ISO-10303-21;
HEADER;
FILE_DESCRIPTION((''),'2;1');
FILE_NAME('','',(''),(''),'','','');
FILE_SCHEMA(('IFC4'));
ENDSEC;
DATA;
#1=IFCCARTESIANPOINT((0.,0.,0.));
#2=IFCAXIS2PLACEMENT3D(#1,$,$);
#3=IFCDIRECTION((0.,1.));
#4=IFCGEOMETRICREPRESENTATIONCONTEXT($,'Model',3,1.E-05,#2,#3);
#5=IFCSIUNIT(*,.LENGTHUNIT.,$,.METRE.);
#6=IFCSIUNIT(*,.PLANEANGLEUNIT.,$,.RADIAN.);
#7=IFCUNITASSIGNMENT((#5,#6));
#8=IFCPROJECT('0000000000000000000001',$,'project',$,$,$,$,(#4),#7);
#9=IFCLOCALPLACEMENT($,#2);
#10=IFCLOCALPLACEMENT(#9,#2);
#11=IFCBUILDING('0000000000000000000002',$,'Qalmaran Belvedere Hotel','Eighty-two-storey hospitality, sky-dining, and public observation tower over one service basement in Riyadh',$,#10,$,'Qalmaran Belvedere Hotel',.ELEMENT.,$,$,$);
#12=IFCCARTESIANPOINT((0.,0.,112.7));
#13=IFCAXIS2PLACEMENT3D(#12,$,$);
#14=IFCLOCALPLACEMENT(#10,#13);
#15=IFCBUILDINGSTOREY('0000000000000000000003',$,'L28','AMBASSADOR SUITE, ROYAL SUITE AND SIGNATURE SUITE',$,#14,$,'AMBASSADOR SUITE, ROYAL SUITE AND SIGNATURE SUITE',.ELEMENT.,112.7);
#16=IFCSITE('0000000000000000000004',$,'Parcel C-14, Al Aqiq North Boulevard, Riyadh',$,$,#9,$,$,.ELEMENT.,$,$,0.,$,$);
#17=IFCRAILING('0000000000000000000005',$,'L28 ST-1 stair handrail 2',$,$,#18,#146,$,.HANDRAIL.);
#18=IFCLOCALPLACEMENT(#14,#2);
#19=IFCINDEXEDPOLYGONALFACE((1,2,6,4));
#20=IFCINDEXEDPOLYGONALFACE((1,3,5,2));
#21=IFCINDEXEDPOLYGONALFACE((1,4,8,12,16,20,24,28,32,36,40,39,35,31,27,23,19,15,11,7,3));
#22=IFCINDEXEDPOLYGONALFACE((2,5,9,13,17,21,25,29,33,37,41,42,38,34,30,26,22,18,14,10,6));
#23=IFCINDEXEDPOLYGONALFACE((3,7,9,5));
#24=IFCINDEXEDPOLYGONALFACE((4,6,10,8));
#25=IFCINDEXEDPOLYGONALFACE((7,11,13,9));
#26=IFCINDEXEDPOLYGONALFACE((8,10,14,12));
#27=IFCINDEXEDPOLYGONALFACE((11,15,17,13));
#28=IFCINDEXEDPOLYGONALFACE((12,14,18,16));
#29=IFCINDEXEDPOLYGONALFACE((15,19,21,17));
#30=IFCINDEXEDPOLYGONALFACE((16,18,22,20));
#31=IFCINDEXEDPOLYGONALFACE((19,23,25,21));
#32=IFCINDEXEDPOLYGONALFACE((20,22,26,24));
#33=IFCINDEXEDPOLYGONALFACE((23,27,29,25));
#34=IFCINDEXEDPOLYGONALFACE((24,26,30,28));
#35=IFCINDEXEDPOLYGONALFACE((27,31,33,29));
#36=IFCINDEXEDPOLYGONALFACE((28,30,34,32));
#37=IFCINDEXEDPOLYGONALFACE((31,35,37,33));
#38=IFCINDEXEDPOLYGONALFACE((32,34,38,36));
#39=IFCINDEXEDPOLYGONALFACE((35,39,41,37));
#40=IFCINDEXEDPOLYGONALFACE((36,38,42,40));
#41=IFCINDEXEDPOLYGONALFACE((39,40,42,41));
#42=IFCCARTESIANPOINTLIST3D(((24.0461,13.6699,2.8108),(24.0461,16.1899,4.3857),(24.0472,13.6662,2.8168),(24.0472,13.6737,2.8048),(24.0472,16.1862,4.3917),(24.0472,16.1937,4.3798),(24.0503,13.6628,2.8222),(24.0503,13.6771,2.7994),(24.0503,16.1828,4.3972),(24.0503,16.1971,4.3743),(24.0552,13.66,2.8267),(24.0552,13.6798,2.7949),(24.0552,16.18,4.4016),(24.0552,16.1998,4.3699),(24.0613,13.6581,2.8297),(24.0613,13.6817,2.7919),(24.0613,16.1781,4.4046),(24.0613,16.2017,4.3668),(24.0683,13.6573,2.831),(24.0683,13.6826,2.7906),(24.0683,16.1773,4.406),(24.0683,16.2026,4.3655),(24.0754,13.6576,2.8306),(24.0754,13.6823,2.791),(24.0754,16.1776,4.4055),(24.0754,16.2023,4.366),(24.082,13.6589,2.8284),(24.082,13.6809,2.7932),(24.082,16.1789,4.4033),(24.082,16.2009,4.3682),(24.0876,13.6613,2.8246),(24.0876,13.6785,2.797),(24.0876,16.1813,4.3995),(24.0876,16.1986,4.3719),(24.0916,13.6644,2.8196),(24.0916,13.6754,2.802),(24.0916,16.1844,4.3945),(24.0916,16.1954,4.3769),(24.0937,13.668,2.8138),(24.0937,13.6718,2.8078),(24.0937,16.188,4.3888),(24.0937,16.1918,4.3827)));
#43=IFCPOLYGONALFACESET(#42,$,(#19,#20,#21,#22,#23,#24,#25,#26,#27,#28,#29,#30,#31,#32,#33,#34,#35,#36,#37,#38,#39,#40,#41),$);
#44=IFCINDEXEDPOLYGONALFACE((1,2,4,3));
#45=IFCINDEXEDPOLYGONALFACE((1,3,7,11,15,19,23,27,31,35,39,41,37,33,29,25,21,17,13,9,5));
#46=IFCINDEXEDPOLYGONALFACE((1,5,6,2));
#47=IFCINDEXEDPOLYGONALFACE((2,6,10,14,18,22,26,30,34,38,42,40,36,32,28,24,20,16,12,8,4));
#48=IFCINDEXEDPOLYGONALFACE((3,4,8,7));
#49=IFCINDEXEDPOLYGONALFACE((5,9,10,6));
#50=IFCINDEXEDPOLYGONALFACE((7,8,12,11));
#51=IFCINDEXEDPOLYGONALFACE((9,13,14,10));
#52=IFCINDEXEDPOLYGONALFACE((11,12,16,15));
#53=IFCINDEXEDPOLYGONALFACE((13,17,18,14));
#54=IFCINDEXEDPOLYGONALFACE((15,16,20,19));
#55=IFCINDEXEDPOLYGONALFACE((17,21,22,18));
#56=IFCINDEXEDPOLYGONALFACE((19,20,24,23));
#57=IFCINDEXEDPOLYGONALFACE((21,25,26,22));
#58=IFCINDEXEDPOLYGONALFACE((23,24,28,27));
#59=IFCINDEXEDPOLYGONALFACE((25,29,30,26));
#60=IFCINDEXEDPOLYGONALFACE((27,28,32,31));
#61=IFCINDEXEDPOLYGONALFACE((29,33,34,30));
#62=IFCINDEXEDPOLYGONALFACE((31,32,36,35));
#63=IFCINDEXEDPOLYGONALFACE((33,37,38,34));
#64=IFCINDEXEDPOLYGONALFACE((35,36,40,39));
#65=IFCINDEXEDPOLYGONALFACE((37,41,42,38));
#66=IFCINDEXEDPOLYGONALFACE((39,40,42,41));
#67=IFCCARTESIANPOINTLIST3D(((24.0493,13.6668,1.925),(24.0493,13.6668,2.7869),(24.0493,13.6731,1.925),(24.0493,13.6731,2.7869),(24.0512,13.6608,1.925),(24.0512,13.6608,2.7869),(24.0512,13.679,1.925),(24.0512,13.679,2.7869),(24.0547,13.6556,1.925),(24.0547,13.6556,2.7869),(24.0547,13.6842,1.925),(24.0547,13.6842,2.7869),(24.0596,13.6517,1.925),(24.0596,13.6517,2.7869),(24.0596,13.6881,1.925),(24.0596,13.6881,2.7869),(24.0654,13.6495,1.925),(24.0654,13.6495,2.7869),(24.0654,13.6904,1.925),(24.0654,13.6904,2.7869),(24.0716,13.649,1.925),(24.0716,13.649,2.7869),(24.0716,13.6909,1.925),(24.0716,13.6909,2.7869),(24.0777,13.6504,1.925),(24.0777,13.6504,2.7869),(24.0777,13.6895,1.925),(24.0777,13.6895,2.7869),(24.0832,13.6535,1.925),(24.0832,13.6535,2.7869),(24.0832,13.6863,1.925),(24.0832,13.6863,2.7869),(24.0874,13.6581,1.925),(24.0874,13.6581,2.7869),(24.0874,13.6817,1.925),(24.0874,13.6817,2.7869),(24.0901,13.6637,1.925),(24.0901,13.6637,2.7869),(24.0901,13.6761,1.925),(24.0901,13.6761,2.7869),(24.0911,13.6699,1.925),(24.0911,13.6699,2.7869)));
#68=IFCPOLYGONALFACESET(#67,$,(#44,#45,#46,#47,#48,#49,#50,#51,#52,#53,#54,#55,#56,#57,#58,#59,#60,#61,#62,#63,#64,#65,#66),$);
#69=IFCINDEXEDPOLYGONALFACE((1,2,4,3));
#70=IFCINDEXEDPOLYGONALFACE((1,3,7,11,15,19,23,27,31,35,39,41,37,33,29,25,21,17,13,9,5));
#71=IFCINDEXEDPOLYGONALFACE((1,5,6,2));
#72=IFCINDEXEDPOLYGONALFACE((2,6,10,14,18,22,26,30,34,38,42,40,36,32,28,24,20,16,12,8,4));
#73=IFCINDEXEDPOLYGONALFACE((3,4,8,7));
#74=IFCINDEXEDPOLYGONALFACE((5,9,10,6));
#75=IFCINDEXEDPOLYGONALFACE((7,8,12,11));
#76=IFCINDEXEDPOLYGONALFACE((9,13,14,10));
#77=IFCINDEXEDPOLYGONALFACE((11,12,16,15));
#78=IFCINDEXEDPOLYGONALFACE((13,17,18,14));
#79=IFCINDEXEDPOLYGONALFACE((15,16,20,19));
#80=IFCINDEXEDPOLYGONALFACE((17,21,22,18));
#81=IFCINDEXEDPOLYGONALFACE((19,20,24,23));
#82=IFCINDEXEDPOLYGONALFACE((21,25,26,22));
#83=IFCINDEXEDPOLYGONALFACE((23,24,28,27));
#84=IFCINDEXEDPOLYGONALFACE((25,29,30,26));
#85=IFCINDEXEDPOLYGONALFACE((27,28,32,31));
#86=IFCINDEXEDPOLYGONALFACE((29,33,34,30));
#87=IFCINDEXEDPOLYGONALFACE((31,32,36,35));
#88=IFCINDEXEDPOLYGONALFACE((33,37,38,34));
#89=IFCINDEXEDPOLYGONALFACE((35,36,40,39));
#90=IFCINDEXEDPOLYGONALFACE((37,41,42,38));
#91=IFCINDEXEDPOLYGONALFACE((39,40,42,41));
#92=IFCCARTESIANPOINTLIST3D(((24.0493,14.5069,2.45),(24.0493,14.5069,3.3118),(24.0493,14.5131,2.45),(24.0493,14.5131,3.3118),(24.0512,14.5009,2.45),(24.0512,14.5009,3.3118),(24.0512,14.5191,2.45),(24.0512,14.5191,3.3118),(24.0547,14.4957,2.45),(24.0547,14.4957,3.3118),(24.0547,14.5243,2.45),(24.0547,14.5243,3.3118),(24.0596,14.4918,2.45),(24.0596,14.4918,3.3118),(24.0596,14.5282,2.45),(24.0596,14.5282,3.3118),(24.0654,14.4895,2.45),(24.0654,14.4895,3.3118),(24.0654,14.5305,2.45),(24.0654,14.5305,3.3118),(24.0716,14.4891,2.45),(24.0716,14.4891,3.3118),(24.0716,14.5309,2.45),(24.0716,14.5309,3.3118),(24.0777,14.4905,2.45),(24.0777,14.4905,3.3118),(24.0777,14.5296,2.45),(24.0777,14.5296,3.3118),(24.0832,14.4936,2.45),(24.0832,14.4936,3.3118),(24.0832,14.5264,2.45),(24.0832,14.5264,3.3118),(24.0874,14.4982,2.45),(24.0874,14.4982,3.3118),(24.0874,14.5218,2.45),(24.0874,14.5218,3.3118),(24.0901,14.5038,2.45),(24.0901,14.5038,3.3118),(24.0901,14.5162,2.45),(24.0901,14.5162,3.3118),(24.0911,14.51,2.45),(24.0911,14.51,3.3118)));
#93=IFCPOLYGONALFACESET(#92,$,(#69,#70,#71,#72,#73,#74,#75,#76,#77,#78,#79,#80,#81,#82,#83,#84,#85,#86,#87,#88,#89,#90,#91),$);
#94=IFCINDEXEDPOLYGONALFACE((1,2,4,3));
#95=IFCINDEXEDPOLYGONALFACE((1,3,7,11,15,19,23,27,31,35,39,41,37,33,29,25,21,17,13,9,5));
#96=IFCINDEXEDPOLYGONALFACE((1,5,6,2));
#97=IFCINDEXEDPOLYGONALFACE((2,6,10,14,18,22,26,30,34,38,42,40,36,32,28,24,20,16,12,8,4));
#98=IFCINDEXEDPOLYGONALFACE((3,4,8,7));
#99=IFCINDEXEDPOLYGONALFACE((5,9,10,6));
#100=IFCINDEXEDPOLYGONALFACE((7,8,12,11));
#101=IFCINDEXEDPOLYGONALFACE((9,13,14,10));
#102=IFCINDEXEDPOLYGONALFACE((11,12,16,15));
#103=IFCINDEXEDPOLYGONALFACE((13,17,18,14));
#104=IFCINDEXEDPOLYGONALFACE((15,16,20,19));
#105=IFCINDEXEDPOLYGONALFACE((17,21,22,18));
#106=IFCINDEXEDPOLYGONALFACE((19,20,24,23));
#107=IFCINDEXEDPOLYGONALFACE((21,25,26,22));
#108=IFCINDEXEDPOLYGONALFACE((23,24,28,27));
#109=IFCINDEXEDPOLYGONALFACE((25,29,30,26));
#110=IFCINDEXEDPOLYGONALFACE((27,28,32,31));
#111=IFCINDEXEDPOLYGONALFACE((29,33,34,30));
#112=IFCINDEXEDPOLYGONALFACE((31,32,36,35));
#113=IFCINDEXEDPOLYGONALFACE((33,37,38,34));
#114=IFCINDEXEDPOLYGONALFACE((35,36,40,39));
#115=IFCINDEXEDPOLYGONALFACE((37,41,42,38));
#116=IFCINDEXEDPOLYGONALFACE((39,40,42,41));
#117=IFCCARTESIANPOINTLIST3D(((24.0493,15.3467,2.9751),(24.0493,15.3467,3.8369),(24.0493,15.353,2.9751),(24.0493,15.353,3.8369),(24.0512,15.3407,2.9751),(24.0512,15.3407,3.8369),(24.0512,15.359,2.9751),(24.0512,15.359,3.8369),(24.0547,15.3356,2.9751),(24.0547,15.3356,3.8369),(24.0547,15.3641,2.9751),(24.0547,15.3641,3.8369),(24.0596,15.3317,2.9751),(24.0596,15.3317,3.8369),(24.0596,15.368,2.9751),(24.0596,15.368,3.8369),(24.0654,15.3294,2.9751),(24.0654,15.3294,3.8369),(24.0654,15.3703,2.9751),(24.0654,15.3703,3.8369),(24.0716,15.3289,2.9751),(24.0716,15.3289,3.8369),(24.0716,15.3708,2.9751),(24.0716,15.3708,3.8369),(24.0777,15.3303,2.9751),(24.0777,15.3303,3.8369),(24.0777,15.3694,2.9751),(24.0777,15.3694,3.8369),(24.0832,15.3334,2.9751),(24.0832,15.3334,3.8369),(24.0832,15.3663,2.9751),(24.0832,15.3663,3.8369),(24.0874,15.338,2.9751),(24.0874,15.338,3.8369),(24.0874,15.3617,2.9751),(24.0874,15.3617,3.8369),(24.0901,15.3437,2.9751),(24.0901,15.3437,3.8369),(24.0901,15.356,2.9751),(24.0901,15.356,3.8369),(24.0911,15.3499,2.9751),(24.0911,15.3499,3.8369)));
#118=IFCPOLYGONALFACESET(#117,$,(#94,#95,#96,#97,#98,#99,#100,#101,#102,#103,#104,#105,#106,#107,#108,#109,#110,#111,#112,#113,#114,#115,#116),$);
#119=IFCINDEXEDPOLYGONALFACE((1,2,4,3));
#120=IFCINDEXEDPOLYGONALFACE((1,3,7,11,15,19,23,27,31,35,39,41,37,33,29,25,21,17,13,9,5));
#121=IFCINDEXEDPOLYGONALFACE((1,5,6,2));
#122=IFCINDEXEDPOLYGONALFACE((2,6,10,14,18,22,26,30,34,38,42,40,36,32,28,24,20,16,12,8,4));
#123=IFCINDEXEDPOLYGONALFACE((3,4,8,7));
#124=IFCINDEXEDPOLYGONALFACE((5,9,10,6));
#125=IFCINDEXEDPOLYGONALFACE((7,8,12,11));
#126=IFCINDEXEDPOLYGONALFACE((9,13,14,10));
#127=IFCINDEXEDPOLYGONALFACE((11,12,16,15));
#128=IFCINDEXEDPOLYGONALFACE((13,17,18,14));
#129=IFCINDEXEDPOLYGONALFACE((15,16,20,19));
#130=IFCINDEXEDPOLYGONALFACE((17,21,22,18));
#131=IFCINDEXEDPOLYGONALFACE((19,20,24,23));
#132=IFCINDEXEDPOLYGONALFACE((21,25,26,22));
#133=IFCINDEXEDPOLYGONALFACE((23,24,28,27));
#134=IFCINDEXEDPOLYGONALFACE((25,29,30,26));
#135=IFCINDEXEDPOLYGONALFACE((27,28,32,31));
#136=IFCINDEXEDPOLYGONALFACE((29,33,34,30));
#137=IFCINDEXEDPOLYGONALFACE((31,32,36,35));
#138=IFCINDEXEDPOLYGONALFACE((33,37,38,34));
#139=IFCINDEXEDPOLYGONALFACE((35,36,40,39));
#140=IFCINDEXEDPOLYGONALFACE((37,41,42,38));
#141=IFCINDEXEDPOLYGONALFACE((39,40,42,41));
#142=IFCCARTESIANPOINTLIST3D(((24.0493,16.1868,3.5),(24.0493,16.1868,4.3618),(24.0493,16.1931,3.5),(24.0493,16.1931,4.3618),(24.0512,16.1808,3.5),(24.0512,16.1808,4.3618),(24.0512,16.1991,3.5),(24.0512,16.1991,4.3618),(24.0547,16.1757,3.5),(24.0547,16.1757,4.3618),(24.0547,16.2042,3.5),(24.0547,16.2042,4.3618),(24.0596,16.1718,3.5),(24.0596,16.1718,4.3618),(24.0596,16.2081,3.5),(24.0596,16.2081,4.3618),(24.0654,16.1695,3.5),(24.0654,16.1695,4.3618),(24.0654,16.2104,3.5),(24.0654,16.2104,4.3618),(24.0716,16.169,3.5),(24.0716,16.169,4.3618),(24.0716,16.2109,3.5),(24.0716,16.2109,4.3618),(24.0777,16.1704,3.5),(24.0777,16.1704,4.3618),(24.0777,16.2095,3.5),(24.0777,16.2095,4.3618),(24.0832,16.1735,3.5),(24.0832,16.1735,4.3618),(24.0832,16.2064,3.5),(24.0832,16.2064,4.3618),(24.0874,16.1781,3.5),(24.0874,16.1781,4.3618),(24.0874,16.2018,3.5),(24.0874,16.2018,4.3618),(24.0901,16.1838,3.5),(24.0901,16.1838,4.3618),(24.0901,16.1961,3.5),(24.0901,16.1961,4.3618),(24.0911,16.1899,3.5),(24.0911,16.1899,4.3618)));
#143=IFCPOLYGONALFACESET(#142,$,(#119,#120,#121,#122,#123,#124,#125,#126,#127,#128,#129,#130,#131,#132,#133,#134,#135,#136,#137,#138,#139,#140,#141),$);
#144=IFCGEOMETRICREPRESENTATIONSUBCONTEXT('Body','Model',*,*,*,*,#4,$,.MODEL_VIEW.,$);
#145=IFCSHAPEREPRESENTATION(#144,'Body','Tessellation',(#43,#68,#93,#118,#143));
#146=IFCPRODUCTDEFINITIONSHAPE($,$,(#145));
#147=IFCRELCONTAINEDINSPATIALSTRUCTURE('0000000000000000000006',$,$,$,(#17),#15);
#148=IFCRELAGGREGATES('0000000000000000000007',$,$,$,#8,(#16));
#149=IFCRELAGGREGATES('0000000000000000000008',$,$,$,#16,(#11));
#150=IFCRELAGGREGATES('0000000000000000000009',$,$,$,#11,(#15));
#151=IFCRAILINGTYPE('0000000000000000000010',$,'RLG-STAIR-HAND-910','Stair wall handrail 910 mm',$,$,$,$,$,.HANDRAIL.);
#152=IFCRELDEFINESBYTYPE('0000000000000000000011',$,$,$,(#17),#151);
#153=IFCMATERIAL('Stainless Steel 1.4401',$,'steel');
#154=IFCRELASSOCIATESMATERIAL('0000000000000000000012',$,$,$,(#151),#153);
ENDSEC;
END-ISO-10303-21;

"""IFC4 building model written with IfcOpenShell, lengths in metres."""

from ifc_helpers import new_model, si_unit, direction, frame, origin, origin_2d, place, context, subcontext, project, spatial, circle, extrude, material, type_object, element, save


model = new_model("IFC4")

# Units and contexts
model_context = context("Model", 3, precision=1e-05, world=origin(), true_north=direction((0.0, 1.0)))
body_context = subcontext(model_context, "Body", "Model", "MODEL_VIEW")
ifc_project = project(units=[si_unit("LENGTHUNIT", "METRE"), si_unit("PLANEANGLEUNIT", "RADIAN")], contexts=[model_context])

# Site, building, storey
site_placement = place(None, origin())
site = spatial("IfcSite", under=ifc_project, at=site_placement, Name="Parcel C-14, Al Aqiq North Boulevard, Riyadh", CompositionType="ELEMENT", RefElevation=0.0)
building_placement = place(site_placement, origin())
building = spatial("IfcBuilding", under=site, at=building_placement, Name="Qalmaran Belvedere Hotel", Description="Eighty-two-storey hospitality, sky-dining, and public observation tower over one service basement in Riyadh", LongName="Qalmaran Belvedere Hotel", CompositionType="ELEMENT")
storey_placement = place(building_placement, frame((0.0, 0.0, 112.7)))
storey = spatial("IfcBuildingStorey", under=building, at=storey_placement, Name="L28", Description="AMBASSADOR SUITE, ROYAL SUITE AND SIGNATURE SUITE", LongName="AMBASSADOR SUITE, ROYAL SUITE AND SIGNATURE SUITE", CompositionType="ELEMENT", Elevation=112.7)

# Shared definitions
ifc_material_1 = material(Name="Stainless Steel 1.4401", Category="steel")

# Railing
railing_type_1 = type_object("IfcRailingType", Name="RLG-STAIR-HAND-910", Description="Stair wall handrail 910 mm", PredefinedType="HANDRAIL", material=ifc_material_1)
railing_1_placement = place(storey_placement, frame((24.0701, 13.6699, 1.925)))
element("IfcRailing", 1, at=railing_1_placement, inside=storey, type_object=railing_type_1, Name="L28 ST-1 stair handrail 2", PredefinedType="HANDRAIL", context=body_context, shape_type="SweptSolid", body=[
    extrude(circle(Radius=0.0239, at=origin_2d()), frame((0.0, 0.0, 0.8857), z_axis=(0.0, 0.848008, 0.529984), x_axis=(-1.0, 0.0, 0.0)), (0.0, 0.0, 1.0), 2.9717),
    extrude(circle(Radius=0.021, at=origin_2d()), origin(), (0.0, 0.0, 1.0), 0.8618),
    extrude(circle(Radius=0.021, at=origin_2d()), frame((0.0, 0.8401, 0.5249)), (0.0, 0.0, 1.0), 0.8618),
    extrude(circle(Radius=0.021, at=origin_2d()), frame((0.0, 1.6799, 1.05)), (0.0, 0.0, 1.0), 0.8618),
    extrude(circle(Radius=0.021, at=origin_2d()), frame((0.0, 2.52, 1.575)), (0.0, 0.0, 1.0), 0.8618),
])

save(model, "model.ifc")
